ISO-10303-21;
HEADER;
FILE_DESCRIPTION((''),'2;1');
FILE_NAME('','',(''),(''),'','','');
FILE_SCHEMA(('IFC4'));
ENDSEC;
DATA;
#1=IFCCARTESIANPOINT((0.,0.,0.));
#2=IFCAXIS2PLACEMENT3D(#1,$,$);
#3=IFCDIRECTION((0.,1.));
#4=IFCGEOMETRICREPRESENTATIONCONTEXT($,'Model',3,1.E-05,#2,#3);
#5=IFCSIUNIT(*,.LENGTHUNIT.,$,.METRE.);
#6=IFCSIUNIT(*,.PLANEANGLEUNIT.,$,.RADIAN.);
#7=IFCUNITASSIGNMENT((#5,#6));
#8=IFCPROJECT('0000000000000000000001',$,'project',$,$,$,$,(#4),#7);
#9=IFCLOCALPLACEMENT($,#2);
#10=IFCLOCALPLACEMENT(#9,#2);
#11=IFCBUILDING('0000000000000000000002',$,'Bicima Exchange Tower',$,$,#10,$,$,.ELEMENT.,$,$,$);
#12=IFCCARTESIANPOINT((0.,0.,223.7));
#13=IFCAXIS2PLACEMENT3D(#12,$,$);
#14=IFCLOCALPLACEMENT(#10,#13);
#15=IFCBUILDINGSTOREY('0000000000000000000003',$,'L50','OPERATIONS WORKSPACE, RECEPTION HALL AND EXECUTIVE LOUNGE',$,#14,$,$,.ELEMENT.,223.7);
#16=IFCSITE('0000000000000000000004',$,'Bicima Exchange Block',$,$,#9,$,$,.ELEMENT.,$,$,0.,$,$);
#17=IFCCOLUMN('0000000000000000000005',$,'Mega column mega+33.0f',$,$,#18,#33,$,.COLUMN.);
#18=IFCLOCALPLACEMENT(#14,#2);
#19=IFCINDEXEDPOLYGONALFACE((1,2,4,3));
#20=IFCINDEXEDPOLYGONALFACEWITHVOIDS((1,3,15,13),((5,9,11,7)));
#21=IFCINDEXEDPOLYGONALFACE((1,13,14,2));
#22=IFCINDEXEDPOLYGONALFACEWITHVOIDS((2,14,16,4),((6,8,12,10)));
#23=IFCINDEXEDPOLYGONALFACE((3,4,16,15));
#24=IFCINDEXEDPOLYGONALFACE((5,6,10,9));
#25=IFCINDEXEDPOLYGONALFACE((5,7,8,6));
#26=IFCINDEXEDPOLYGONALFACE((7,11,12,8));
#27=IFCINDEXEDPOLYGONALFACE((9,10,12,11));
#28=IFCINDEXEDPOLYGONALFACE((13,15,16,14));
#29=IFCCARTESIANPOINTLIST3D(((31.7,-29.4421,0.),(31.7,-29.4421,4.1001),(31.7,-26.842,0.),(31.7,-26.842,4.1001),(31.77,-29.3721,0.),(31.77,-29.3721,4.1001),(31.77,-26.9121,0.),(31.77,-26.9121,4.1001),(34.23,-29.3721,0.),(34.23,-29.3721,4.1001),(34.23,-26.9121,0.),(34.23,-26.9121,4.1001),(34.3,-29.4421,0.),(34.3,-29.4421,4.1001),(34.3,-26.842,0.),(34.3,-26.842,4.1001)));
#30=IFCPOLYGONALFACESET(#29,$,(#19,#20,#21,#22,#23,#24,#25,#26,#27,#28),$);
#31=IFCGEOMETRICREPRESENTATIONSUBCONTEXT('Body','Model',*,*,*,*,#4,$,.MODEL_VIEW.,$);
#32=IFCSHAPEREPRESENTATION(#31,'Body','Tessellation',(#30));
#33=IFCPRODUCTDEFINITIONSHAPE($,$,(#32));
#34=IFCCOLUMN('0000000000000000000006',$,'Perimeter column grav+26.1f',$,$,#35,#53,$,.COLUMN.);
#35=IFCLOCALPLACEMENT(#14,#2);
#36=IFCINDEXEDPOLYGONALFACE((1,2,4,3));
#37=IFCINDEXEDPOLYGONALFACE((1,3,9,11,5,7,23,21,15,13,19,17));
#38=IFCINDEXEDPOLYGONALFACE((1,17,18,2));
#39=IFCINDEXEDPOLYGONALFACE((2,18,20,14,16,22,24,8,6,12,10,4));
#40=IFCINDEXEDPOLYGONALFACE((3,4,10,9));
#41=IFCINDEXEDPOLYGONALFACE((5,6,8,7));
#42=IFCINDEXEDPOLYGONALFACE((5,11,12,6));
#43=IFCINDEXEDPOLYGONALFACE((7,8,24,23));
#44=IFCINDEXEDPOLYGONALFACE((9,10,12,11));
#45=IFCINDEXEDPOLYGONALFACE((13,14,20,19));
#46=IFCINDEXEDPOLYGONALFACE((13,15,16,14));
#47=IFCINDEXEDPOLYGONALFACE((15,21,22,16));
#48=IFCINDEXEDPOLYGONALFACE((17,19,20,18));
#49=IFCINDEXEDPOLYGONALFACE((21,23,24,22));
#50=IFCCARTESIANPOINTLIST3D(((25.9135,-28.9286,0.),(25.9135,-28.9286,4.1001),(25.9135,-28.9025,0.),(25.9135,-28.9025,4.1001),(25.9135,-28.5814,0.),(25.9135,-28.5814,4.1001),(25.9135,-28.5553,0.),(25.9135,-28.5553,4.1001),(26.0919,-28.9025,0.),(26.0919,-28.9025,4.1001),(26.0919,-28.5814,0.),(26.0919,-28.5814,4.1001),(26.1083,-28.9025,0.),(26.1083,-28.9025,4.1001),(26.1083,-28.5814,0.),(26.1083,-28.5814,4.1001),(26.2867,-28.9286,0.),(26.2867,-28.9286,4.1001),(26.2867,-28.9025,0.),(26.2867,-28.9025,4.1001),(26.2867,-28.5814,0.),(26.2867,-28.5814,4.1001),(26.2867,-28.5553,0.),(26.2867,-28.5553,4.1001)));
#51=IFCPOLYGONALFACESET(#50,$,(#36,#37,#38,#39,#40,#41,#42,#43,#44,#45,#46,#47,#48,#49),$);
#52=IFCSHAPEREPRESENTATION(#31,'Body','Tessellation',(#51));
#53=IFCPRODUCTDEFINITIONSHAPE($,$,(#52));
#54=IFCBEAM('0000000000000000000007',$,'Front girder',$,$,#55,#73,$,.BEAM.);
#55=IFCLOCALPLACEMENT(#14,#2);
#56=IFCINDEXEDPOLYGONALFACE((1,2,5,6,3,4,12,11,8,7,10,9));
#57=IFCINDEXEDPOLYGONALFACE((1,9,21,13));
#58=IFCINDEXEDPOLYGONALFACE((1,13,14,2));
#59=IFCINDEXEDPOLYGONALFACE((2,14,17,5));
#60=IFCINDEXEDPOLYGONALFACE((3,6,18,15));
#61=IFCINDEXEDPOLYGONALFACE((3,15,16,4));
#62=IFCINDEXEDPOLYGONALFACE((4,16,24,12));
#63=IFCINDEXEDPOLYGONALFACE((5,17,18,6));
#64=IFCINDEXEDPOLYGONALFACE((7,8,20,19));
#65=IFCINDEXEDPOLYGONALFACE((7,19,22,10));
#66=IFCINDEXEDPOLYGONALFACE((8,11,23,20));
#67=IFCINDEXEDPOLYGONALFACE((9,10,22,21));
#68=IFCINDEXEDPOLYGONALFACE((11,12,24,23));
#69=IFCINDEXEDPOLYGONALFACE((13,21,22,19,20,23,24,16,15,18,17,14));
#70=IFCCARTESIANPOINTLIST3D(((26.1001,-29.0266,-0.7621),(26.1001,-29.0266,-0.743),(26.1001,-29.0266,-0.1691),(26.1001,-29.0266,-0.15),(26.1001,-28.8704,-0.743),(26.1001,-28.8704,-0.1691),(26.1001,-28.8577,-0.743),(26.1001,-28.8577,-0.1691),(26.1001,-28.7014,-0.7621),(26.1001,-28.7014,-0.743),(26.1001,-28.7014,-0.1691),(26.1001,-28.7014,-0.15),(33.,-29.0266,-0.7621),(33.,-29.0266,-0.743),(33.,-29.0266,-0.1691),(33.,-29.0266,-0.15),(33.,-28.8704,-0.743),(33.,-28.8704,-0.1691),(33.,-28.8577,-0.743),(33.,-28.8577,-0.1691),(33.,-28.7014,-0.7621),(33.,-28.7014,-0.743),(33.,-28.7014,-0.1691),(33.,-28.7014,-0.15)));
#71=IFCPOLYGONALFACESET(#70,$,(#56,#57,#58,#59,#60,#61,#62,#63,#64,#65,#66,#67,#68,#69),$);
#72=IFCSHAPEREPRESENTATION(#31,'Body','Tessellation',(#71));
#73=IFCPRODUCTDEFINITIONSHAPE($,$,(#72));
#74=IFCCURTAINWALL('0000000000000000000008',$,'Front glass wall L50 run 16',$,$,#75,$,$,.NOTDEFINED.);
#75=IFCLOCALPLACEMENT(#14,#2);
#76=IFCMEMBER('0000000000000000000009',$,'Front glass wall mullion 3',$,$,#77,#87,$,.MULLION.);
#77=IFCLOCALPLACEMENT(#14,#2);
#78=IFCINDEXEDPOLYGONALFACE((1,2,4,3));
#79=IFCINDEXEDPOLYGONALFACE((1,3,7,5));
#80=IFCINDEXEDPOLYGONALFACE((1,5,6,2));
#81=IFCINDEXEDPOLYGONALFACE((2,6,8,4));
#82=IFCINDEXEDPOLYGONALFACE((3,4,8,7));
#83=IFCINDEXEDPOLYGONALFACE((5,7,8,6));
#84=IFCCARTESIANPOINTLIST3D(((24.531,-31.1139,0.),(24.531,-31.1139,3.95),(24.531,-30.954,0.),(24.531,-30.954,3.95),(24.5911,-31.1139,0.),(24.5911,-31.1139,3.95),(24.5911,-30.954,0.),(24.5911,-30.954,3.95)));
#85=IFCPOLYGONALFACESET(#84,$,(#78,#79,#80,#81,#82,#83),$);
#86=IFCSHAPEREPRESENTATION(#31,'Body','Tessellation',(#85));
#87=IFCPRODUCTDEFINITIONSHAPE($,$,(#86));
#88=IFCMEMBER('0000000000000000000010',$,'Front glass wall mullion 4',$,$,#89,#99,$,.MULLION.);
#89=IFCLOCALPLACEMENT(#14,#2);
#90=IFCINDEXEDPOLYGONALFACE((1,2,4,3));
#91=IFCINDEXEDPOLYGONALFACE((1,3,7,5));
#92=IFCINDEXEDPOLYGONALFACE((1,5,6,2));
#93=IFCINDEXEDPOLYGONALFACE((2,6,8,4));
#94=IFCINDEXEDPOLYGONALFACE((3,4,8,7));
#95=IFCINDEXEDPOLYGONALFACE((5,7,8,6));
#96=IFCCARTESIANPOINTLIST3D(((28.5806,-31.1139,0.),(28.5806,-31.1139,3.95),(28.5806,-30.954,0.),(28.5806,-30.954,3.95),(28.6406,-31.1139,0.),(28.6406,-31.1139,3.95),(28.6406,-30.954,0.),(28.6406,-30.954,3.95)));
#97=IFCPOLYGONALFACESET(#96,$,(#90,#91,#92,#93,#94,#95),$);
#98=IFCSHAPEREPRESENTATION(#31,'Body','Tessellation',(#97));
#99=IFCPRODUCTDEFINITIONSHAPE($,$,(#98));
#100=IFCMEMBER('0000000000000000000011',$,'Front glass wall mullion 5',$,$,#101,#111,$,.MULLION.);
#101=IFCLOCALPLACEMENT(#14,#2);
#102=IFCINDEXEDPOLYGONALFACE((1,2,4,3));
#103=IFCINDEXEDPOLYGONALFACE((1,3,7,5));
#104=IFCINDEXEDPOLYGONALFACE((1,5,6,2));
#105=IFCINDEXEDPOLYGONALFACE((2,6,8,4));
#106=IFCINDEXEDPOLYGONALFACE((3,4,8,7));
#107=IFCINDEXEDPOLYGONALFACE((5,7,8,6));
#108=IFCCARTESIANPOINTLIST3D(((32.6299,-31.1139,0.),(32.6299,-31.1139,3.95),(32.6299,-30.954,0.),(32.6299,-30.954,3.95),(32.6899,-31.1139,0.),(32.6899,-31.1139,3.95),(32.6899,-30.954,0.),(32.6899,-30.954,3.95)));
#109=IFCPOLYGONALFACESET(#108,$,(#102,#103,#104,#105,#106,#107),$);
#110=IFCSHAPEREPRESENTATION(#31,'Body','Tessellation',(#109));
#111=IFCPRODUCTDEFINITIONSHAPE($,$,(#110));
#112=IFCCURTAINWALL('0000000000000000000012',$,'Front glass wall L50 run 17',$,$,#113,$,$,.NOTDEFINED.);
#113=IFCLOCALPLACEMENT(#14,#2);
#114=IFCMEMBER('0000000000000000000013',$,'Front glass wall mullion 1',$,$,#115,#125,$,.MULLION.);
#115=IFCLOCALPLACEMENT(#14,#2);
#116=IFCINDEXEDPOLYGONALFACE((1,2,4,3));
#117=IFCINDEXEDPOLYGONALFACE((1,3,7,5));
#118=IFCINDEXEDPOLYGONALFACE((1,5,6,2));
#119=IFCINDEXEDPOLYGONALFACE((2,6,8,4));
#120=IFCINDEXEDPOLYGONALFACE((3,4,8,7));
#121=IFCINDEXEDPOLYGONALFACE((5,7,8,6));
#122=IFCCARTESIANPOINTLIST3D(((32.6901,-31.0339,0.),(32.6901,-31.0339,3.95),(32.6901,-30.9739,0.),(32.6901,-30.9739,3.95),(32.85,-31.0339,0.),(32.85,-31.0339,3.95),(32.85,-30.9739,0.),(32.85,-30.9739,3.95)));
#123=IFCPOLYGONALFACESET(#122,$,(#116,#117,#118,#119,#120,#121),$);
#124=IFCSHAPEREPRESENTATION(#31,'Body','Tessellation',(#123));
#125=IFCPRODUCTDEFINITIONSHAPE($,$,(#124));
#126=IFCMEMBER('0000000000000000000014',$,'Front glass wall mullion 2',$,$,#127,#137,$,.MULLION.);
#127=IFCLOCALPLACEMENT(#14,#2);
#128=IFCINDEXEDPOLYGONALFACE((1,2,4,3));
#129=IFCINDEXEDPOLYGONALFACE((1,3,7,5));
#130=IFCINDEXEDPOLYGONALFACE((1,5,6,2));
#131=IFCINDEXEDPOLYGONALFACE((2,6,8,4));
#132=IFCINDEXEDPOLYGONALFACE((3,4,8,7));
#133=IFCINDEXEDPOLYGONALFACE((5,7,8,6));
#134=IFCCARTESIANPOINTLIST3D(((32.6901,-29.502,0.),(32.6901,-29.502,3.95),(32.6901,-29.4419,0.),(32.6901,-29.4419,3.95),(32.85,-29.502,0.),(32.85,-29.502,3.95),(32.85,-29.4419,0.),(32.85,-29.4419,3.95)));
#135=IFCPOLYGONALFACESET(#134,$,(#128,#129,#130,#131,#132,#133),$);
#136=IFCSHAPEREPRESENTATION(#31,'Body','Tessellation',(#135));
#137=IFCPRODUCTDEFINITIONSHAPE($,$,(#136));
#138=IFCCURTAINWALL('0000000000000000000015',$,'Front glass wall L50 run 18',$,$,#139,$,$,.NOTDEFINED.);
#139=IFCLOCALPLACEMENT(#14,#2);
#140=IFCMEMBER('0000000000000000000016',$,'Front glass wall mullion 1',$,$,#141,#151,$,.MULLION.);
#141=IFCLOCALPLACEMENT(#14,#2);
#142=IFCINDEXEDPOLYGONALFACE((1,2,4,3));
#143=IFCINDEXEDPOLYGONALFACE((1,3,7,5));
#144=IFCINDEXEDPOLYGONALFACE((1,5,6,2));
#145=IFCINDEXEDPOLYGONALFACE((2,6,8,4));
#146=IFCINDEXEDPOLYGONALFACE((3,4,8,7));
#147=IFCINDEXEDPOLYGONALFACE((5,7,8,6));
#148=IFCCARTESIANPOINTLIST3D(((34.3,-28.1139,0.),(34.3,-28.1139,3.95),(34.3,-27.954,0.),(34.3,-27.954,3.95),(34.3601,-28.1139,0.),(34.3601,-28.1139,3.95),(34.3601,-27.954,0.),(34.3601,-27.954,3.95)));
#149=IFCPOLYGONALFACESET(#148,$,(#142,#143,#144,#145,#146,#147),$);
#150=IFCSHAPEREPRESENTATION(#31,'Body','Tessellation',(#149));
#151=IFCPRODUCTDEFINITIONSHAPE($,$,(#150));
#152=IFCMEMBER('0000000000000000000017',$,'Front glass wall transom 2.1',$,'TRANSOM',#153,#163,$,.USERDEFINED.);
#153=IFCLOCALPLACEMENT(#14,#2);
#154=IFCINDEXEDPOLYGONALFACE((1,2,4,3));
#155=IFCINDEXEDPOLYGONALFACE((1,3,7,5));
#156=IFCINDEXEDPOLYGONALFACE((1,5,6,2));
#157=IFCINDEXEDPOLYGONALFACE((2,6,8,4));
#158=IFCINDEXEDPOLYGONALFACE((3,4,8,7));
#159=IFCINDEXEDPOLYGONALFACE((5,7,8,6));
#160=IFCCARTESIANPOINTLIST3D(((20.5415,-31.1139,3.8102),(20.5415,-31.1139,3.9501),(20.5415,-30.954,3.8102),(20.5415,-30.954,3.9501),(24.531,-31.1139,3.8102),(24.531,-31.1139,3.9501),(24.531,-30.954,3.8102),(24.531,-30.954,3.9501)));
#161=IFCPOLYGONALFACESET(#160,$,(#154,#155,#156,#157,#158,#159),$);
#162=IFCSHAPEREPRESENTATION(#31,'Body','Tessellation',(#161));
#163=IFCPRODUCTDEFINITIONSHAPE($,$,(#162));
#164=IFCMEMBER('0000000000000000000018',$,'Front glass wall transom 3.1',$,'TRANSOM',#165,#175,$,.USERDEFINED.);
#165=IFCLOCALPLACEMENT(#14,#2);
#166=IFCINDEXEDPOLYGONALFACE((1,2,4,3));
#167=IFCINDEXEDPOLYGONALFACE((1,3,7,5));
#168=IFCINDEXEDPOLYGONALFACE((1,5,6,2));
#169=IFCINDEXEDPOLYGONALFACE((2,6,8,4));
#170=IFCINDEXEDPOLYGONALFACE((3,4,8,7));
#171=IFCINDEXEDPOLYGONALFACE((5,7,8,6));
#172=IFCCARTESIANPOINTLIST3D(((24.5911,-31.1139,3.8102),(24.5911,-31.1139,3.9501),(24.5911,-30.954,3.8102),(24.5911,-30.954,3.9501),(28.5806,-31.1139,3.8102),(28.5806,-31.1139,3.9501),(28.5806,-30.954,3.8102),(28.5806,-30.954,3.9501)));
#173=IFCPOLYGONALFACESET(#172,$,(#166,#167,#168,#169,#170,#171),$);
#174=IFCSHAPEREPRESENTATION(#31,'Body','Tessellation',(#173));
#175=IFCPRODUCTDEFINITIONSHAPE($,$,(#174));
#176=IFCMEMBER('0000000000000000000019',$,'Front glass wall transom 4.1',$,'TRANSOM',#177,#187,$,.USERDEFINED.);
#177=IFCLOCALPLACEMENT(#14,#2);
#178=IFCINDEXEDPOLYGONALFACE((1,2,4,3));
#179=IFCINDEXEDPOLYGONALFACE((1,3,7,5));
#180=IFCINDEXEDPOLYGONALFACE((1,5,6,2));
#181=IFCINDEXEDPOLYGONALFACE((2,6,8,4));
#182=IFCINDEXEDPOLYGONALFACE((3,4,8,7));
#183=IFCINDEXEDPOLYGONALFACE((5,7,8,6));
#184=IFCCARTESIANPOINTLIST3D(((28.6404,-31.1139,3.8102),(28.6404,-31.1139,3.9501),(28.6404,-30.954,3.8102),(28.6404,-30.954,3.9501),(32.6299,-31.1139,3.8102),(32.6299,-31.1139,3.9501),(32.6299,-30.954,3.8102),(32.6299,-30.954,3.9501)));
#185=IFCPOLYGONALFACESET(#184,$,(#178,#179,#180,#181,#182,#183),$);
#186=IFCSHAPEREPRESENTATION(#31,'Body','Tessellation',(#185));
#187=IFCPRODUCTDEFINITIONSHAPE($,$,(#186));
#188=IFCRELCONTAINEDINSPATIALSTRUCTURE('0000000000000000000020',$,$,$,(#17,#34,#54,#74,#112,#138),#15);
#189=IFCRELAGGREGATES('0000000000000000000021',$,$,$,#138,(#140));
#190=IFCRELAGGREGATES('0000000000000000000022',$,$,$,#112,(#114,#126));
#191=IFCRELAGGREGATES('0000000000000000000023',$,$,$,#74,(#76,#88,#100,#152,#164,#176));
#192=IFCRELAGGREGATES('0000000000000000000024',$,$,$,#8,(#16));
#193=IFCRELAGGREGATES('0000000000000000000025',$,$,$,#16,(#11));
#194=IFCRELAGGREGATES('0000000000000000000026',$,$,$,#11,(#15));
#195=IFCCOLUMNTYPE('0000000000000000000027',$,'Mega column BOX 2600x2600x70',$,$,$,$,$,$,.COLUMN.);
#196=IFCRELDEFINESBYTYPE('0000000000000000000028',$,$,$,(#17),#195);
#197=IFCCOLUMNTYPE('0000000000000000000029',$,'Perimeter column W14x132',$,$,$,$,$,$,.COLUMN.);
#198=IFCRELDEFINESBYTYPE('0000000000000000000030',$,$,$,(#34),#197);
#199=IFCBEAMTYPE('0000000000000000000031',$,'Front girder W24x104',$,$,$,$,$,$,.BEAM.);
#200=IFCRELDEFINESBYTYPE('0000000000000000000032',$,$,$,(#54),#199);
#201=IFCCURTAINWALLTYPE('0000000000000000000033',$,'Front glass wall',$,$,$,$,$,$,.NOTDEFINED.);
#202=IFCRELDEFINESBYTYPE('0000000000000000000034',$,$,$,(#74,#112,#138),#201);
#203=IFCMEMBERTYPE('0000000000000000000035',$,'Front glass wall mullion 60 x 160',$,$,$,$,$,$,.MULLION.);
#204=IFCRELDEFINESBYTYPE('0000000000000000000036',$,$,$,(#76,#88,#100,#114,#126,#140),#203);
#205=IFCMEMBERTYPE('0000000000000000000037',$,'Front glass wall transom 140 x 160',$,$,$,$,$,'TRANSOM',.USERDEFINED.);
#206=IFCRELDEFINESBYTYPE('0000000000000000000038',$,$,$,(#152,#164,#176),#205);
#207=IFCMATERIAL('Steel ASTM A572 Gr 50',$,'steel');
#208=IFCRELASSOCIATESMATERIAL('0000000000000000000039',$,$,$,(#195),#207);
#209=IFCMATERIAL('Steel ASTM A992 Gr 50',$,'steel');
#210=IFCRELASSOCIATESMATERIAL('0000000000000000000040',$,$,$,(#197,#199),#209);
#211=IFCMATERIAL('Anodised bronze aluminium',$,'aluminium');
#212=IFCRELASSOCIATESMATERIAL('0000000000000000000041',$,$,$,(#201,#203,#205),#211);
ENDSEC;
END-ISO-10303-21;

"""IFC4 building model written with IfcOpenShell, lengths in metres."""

from ifc_helpers import new_model, si_unit, direction, frame, origin, origin_2d, place, context, subcontext, project, spatial, rectangle, hollow_rectangle, i_section, extrude, material, material_profile, profile_set, type_object, element, aggregate, save


model = new_model("IFC4")

# Units and contexts
model_context = context("Model", 3, precision=1e-05, world=origin(), true_north=direction((0.0, 1.0)))
body_context = subcontext(model_context, "Body", "Model", "MODEL_VIEW")
ifc_project = project(units=[si_unit("LENGTHUNIT", "METRE"), si_unit("PLANEANGLEUNIT", "RADIAN")], contexts=[model_context])

# Site, building, storey
site_placement = place(None, origin())
site = spatial("IfcSite", under=ifc_project, at=site_placement, Name="Bicima Exchange Block", CompositionType="ELEMENT", RefElevation=0.0)
building_placement = place(site_placement, origin())
building = spatial("IfcBuilding", under=site, at=building_placement, Name="Bicima Exchange Tower", CompositionType="ELEMENT")
storey_placement = place(building_placement, frame((0.0, 0.0, 223.7)))
storey = spatial("IfcBuildingStorey", under=building, at=storey_placement, Name="L50", Description="OPERATIONS WORKSPACE, RECEPTION HALL AND EXECUTIVE LOUNGE", CompositionType="ELEMENT", Elevation=223.7)

# Columns
ifc_material_1 = material(Name="Steel ASTM A572 Gr 50", Category="steel")
ifc_material_profile_1 = material_profile(ifc_material_1, hollow_rectangle(XDim=2.6001, YDim=2.6001, WallThickness=0.0701, at=origin_2d()))
ifc_profile_set_1 = profile_set([ifc_material_profile_1], Name="Steel ASTM A572 Gr 50")
column_type_1 = type_object("IfcColumnType", Name="Mega column BOX 2600x2600x70", PredefinedType="COLUMN", material=ifc_profile_set_1)
column_1_placement = place(storey_placement, frame((33.0, -28.1421, 0.0), z_axis=(0.0, 0.0, 1.0), x_axis=(1.0, 0.0, 0.0)))
element("IfcColumn", 1, at=column_1_placement, inside=storey, type_object=column_type_1, Name="Mega column mega+33.0f", PredefinedType="COLUMN", context=body_context, shape_type="SweptSolid", body=[
    extrude(hollow_rectangle(XDim=2.6001, YDim=2.6001, WallThickness=0.0701, at=origin_2d()), origin(), (0.0, 0.0, 1.0), 4.1001),
])
ifc_material_2 = material(Name="Steel ASTM A992 Gr 50", Category="steel")
ifc_material_profile_2 = material_profile(ifc_material_2, i_section(OverallWidth=0.3733, OverallDepth=0.3733, WebThickness=0.0164, FlangeThickness=0.0261, at=origin_2d()))
ifc_profile_set_2 = profile_set([ifc_material_profile_2], Name="Steel ASTM A992 Gr 50")
column_type_2 = type_object("IfcColumnType", Name="Perimeter column W14x132", PredefinedType="COLUMN", material=ifc_profile_set_2)
column_2_placement = place(storey_placement, frame((26.1001, -28.7419, 0.0), z_axis=(0.0, 0.0, 1.0), x_axis=(1.0, 0.0, 0.0)))
element("IfcColumn", 2, at=column_2_placement, inside=storey, type_object=column_type_2, Name="Perimeter column grav+26.1f", PredefinedType="COLUMN", context=body_context, shape_type="SweptSolid", body=[
    extrude(i_section(OverallWidth=0.3733, OverallDepth=0.3733, WebThickness=0.0164, FlangeThickness=0.0261, at=origin_2d()), origin(), (0.0, 0.0, 1.0), 4.1001),
])

# Beam
ifc_material_profile_3 = material_profile(ifc_material_2, i_section(OverallWidth=0.3252, OverallDepth=0.6121, WebThickness=0.0127, FlangeThickness=0.019, at=origin_2d()))
ifc_profile_set_3 = profile_set([ifc_material_profile_3], Name="Steel ASTM A992 Gr 50")
beam_type = type_object("IfcBeamType", Name="Front girder W24x104", PredefinedType="BEAM", material=ifc_profile_set_3)
beam_placement = place(storey_placement, frame((26.1001, -28.864, -0.4561), z_axis=(1.0, 0.0, 0.0), x_axis=(0.0, 1.0, 0.0)))
element("IfcBeam", 3, at=beam_placement, inside=storey, type_object=beam_type, Name="Front girder", PredefinedType="BEAM", context=body_context, shape_type="SweptSolid", body=[
    extrude(i_section(OverallWidth=0.3252, OverallDepth=0.6121, WebThickness=0.0127, FlangeThickness=0.019, at=origin_2d()), origin(), (0.0, 0.0, 1.0), 6.8999),
])

# Curtain walls, members
ifc_material_3 = material(Name="Anodised bronze aluminium", Category="aluminium")
curtain_wall_type = type_object("IfcCurtainWallType", Name="Front glass wall", PredefinedType="NOTDEFINED", material=ifc_material_3)
curtain_wall_1_placement = place(storey_placement, origin())
curtain_wall_1 = element("IfcCurtainWall", 4, at=curtain_wall_1_placement, inside=storey, type_object=curtain_wall_type, Name="Front glass wall L50 run 16", PredefinedType="NOTDEFINED")
ifc_material_profile_4 = material_profile(ifc_material_3, rectangle(XDim=0.1599, YDim=0.0601, at=origin_2d()))
ifc_profile_set_4 = profile_set([ifc_material_profile_4], Name="Anodised bronze aluminium")
member_type_1 = type_object("IfcMemberType", Name="Front glass wall mullion 60 x 160", PredefinedType="MULLION", material=ifc_profile_set_4)
member_1_placement = place(storey_placement, frame((24.561, -31.0339, 0.0), z_axis=(0.0, 0.0, 1.0), x_axis=(0.0, 1.0, 0.0)))
member_1 = element("IfcMember", 5, at=member_1_placement, type_object=member_type_1, Name="Front glass wall mullion 3", PredefinedType="MULLION", context=body_context, shape_type="SweptSolid", body=[
    extrude(rectangle(XDim=0.1599, YDim=0.0601, at=origin_2d()), origin(), (0.0, 0.0, 1.0), 3.95),
])
member_2_placement = place(storey_placement, frame((28.6106, -31.0339, 0.0), z_axis=(0.0, 0.0, 1.0), x_axis=(0.0, 1.0, 0.0)))
member_2 = element("IfcMember", 6, at=member_2_placement, type_object=member_type_1, Name="Front glass wall mullion 4", PredefinedType="MULLION", context=body_context, shape_type="SweptSolid", body=[
    extrude(rectangle(XDim=0.1599, YDim=0.0601, at=origin_2d()), origin(), (0.0, 0.0, 1.0), 3.95),
])
member_3_placement = place(storey_placement, frame((32.6599, -31.0339, 0.0), z_axis=(0.0, 0.0, 1.0), x_axis=(0.0, 1.0, 0.0)))
member_3 = element("IfcMember", 7, at=member_3_placement, type_object=member_type_1, Name="Front glass wall mullion 5", PredefinedType="MULLION", context=body_context, shape_type="SweptSolid", body=[
    extrude(rectangle(XDim=0.1599, YDim=0.0601, at=origin_2d()), origin(), (0.0, 0.0, 1.0), 3.95),
])
curtain_wall_2_placement = place(storey_placement, origin())
curtain_wall_2 = element("IfcCurtainWall", 8, at=curtain_wall_2_placement, inside=storey, type_object=curtain_wall_type, Name="Front glass wall L50 run 17", PredefinedType="NOTDEFINED")
member_4_placement = place(storey_placement, frame((32.77, -31.0039, 0.0), z_axis=(0.0, 0.0, 1.0), x_axis=(-1.0, 0.0, 0.0)))
member_4 = element("IfcMember", 9, at=member_4_placement, type_object=member_type_1, Name="Front glass wall mullion 1", PredefinedType="MULLION", context=body_context, shape_type="SweptSolid", body=[
    extrude(rectangle(XDim=0.1599, YDim=0.0601, at=origin_2d()), origin(), (0.0, 0.0, 1.0), 3.95),
])
member_5_placement = place(storey_placement, frame((32.77, -29.4719, 0.0), z_axis=(0.0, 0.0, 1.0), x_axis=(-1.0, 0.0, 0.0)))
member_5 = element("IfcMember", 10, at=member_5_placement, type_object=member_type_1, Name="Front glass wall mullion 2", PredefinedType="MULLION", context=body_context, shape_type="SweptSolid", body=[
    extrude(rectangle(XDim=0.1599, YDim=0.0601, at=origin_2d()), origin(), (0.0, 0.0, 1.0), 3.95),
])

# Curtain wall, member
curtain_wall_3_placement = place(storey_placement, origin())
curtain_wall_3 = element("IfcCurtainWall", 11, at=curtain_wall_3_placement, inside=storey, type_object=curtain_wall_type, Name="Front glass wall L50 run 18", PredefinedType="NOTDEFINED")
member_6_placement = place(storey_placement, frame((34.3301, -28.0339, 0.0), z_axis=(0.0, 0.0, 1.0), x_axis=(0.0, 1.0, 0.0)))
member_6 = element("IfcMember", 12, at=member_6_placement, type_object=member_type_1, Name="Front glass wall mullion 1", PredefinedType="MULLION", context=body_context, shape_type="SweptSolid", body=[
    extrude(rectangle(XDim=0.1599, YDim=0.0601, at=origin_2d()), origin(), (0.0, 0.0, 1.0), 3.95),
])
aggregate(curtain_wall_3, [member_6])

# Members
ifc_material_profile_5 = material_profile(ifc_material_3, rectangle(XDim=0.1599, YDim=0.1399, at=origin_2d()))
ifc_profile_set_5 = profile_set([ifc_material_profile_5], Name="Anodised bronze aluminium")
member_type_2 = type_object("IfcMemberType", Name="Front glass wall transom 140 x 160", ElementType="TRANSOM", PredefinedType="USERDEFINED", material=ifc_profile_set_5)
member_7_placement = place(storey_placement, frame((20.5415, -31.0339, 3.8801), z_axis=(1.0, 0.0, 0.0), x_axis=(0.0, 1.0, 0.0)))
member_7 = element("IfcMember", 13, at=member_7_placement, type_object=member_type_2, Name="Front glass wall transom 2.1", ObjectType="TRANSOM", PredefinedType="USERDEFINED", context=body_context, shape_type="SweptSolid", body=[
    extrude(rectangle(XDim=0.1599, YDim=0.1399, at=origin_2d()), origin(), (0.0, 0.0, 1.0), 3.9895),
])
member_8_placement = place(storey_placement, frame((24.5911, -31.0339, 3.8801), z_axis=(1.0, 0.0, 0.0), x_axis=(0.0, 1.0, 0.0)))
member_8 = element("IfcMember", 14, at=member_8_placement, type_object=member_type_2, Name="Front glass wall transom 3.1", ObjectType="TRANSOM", PredefinedType="USERDEFINED", context=body_context, shape_type="SweptSolid", body=[
    extrude(rectangle(XDim=0.1599, YDim=0.1399, at=origin_2d()), origin(), (0.0, 0.0, 1.0), 3.9895),
])
member_9_placement = place(storey_placement, frame((28.6404, -31.0339, 3.8801), z_axis=(1.0, 0.0, 0.0), x_axis=(0.0, 1.0, 0.0)))
member_9 = element("IfcMember", 15, at=member_9_placement, type_object=member_type_2, Name="Front glass wall transom 4.1", ObjectType="TRANSOM", PredefinedType="USERDEFINED", context=body_context, shape_type="SweptSolid", body=[
    extrude(rectangle(XDim=0.1599, YDim=0.1399, at=origin_2d()), origin(), (0.0, 0.0, 1.0), 3.9895),
])

aggregate(curtain_wall_2, [member_4, member_5])
aggregate(curtain_wall_1, [member_1, member_2, member_3, member_7, member_8, member_9])

save(model, "model.ifc")
